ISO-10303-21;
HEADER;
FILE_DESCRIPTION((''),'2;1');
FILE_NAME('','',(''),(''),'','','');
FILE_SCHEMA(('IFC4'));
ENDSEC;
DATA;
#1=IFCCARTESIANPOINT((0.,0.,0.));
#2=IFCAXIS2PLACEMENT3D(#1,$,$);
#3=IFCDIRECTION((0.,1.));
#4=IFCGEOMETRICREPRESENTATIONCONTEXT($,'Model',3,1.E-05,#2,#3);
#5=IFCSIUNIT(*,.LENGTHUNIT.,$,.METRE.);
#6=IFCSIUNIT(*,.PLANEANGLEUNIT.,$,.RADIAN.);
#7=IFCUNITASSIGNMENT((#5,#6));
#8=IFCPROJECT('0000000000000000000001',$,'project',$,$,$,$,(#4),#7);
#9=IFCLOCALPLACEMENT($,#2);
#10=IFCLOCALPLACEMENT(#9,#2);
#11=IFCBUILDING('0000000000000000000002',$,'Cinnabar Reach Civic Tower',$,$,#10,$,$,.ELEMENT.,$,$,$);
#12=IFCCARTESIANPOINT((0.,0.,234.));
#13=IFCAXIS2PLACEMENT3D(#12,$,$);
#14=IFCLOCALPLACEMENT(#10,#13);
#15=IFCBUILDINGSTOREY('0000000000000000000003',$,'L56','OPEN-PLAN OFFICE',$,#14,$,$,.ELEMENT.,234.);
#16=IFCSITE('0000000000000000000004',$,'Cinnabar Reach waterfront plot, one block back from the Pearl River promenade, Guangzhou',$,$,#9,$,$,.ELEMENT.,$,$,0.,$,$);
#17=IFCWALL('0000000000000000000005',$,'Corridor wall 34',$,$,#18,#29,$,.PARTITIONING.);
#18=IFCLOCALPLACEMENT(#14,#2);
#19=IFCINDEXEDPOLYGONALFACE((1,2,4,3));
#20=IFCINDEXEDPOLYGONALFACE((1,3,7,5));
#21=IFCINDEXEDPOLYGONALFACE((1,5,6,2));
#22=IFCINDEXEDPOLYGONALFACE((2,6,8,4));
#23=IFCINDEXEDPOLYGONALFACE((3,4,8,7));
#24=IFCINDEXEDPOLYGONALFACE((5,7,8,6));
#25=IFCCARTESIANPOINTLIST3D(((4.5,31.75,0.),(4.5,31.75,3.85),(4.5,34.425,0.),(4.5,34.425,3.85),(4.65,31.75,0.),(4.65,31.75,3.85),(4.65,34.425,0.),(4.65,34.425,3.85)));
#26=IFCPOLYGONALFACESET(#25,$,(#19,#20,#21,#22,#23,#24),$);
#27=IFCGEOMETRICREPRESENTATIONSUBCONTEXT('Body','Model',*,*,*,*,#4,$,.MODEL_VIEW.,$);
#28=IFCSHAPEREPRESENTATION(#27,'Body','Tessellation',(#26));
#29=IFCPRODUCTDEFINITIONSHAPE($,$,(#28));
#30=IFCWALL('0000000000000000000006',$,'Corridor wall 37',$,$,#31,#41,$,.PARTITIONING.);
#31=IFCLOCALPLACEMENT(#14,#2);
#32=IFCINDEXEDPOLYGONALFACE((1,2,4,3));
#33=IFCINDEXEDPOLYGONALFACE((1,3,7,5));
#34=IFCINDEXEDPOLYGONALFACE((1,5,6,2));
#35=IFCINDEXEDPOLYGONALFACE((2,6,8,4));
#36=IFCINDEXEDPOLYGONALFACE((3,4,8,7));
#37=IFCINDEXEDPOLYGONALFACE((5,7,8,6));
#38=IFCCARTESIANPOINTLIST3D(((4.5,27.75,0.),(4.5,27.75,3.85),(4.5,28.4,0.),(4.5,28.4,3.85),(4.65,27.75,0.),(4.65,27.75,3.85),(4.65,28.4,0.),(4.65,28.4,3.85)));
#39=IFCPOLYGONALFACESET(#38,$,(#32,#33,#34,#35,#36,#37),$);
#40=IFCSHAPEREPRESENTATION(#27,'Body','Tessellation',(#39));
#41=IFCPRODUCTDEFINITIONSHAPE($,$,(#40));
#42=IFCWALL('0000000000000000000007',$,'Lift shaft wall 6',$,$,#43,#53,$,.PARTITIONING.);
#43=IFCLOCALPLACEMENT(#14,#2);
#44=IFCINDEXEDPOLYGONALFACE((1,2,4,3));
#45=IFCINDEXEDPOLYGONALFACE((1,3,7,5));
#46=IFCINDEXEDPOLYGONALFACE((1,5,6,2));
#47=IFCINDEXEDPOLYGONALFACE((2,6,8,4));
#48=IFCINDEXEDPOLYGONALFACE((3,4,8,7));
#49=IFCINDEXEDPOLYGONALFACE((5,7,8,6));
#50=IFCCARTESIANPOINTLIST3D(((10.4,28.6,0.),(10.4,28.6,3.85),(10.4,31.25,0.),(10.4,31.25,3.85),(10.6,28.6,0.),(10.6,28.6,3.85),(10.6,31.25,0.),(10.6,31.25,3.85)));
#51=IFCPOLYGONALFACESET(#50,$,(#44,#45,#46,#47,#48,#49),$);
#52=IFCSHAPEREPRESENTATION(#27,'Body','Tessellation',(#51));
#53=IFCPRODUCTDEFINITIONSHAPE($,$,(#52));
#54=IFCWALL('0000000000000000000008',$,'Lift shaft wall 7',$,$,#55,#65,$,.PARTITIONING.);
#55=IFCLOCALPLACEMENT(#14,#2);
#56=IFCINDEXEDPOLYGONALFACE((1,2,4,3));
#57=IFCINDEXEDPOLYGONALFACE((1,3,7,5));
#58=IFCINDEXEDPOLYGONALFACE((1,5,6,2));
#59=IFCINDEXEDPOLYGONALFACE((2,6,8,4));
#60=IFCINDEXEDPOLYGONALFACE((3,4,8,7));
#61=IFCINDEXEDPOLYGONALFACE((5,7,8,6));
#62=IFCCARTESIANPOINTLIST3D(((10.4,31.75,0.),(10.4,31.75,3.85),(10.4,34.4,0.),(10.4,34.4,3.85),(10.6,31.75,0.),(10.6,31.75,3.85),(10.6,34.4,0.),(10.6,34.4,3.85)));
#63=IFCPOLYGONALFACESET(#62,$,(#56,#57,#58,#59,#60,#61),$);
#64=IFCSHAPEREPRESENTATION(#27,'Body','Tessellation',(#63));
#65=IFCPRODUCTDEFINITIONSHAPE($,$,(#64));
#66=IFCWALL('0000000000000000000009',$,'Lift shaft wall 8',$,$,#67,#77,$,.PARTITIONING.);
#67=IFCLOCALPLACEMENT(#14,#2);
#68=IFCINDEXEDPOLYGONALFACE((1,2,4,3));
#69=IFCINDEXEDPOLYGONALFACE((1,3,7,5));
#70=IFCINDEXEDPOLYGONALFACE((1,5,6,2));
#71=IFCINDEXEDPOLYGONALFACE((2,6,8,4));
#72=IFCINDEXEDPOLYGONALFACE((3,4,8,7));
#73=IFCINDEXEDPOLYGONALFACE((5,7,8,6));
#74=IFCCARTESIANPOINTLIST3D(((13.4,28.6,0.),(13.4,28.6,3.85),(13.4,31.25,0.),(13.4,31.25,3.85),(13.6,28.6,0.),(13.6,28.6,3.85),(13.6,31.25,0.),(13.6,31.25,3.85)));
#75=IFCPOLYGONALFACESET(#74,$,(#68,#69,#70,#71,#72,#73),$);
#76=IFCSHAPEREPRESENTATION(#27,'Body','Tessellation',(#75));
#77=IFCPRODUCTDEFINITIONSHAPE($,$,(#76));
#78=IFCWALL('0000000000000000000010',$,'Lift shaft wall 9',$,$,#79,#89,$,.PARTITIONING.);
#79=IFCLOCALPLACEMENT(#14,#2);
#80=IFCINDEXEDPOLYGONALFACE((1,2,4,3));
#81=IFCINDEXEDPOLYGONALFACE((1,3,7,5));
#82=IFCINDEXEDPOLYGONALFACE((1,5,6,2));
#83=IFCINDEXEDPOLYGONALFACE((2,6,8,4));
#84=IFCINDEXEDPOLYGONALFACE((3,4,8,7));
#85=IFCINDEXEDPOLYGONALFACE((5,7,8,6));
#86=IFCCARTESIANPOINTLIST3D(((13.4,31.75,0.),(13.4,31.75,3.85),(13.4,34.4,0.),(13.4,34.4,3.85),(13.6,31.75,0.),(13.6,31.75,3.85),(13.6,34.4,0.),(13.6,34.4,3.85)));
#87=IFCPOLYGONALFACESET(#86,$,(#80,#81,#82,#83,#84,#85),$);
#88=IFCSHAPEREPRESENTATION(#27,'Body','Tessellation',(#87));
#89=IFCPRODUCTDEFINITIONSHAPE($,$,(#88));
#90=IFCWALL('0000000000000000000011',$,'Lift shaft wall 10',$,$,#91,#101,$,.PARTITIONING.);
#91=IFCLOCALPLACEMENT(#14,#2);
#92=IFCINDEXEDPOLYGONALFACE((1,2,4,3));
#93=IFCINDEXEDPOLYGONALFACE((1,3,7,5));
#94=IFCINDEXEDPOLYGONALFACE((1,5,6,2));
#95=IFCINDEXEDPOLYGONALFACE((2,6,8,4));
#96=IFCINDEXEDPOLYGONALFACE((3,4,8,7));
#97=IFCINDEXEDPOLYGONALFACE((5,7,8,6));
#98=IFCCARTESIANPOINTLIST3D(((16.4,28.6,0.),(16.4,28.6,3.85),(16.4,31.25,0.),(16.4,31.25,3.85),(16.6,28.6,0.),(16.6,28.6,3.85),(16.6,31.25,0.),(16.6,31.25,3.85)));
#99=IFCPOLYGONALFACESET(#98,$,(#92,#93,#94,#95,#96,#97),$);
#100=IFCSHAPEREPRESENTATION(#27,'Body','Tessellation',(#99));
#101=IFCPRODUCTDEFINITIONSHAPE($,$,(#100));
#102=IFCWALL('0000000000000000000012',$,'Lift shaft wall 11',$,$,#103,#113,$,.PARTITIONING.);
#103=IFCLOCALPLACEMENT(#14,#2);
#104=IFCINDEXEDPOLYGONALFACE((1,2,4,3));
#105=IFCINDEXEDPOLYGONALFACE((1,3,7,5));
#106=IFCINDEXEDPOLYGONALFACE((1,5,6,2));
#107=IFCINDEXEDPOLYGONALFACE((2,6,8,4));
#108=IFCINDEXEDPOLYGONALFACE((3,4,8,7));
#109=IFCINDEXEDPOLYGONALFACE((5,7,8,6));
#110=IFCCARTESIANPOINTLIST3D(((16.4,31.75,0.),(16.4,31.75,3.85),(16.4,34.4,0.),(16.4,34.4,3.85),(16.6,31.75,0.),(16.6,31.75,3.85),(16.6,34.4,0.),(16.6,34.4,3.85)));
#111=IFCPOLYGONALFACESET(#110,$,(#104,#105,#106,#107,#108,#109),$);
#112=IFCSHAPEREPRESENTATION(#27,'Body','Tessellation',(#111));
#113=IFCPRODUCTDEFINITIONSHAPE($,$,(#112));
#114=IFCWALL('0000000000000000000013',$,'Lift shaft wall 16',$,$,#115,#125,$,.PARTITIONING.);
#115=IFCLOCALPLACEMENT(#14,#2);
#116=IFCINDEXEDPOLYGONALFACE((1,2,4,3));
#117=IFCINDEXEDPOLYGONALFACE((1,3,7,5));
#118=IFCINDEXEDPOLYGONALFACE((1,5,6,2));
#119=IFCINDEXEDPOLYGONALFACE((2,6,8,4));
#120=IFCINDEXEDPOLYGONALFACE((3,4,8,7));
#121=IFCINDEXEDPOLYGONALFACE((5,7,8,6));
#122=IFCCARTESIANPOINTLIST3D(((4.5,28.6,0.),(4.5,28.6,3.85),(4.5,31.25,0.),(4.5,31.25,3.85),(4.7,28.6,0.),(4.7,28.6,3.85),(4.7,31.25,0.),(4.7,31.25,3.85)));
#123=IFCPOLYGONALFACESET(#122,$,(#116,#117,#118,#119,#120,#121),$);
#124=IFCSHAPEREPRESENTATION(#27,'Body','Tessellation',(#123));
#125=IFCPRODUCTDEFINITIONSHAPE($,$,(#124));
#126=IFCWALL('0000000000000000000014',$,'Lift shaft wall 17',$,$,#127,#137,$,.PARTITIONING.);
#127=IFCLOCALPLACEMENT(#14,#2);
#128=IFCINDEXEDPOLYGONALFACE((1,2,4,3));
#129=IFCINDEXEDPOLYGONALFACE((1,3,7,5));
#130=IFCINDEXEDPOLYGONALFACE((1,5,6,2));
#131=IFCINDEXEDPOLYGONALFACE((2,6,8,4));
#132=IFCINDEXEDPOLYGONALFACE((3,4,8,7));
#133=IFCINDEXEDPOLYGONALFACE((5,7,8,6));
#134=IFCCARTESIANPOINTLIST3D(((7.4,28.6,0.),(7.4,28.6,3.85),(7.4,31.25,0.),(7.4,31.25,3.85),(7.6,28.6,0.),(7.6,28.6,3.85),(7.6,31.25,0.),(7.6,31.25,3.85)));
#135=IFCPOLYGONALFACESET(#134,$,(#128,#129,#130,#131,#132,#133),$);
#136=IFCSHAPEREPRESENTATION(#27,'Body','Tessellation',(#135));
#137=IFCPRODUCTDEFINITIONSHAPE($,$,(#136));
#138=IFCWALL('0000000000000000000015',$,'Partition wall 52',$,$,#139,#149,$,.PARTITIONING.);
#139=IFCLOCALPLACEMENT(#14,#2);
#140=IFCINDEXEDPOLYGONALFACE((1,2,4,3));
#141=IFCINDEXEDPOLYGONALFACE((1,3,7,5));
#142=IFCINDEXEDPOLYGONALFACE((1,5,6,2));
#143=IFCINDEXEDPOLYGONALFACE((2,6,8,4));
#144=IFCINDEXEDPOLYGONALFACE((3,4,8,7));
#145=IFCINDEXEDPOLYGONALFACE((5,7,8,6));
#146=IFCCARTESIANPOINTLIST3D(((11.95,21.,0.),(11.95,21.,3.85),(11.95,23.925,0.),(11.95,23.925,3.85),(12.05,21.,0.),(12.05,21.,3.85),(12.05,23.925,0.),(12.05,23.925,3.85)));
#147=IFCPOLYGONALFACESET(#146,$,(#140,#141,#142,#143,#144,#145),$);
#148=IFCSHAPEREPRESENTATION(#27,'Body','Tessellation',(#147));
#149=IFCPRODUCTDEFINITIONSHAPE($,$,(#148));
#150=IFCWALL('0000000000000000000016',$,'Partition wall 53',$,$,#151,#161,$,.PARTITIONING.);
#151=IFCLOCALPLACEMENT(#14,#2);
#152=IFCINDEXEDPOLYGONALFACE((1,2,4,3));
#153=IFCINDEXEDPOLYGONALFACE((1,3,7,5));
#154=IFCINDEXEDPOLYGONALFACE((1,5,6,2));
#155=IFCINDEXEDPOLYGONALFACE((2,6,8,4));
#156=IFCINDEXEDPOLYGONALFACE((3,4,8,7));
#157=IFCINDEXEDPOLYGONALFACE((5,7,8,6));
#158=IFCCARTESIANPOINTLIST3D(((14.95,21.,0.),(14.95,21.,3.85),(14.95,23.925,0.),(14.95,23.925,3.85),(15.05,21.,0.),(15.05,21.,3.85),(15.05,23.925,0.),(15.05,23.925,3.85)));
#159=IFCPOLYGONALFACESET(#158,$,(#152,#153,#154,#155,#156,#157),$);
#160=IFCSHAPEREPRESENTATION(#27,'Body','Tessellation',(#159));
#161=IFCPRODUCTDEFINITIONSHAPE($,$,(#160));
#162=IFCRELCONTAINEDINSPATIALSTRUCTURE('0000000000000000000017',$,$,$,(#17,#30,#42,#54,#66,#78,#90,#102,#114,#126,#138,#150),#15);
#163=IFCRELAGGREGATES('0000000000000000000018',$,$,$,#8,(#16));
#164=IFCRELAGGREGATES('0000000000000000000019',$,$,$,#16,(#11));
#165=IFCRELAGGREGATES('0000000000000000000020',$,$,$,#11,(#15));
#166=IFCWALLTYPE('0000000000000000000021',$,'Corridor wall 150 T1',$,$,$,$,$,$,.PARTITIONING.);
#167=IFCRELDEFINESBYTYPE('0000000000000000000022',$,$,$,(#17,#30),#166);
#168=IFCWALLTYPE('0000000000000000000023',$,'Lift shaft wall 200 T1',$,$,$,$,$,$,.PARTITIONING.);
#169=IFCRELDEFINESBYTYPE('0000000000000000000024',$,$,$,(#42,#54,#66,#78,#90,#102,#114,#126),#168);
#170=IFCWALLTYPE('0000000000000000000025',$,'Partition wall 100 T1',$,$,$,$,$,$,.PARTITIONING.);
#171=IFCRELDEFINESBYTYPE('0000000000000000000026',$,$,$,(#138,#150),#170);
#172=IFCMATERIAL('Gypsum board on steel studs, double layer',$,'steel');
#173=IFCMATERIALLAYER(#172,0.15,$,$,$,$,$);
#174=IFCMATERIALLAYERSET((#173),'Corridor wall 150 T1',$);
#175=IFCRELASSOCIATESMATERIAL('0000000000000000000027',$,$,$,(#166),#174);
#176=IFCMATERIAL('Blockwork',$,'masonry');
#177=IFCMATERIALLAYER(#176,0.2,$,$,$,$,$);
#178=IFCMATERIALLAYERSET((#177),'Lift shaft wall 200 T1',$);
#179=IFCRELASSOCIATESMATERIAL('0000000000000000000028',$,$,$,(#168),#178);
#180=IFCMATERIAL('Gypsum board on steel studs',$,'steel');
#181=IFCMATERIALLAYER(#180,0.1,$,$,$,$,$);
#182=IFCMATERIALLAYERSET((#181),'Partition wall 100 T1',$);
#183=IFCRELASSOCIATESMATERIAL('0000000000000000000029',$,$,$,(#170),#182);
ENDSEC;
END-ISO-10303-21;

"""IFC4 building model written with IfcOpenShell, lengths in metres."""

from ifc_helpers import new_model, si_unit, direction, frame, frame_2d, origin, place, context, subcontext, project, spatial, rectangle, extrude, material, layer, layer_set, type_object, element, save


model = new_model("IFC4")

# Units and contexts
model_context = context("Model", 3, precision=1e-05, world=origin(), true_north=direction((0.0, 1.0)))
body_context = subcontext(model_context, "Body", "Model", "MODEL_VIEW")
ifc_project = project(units=[si_unit("LENGTHUNIT", "METRE"), si_unit("PLANEANGLEUNIT", "RADIAN")], contexts=[model_context])

# Site, building, storey
site_placement = place(None, origin())
site = spatial("IfcSite", under=ifc_project, at=site_placement, Name="Cinnabar Reach waterfront plot, one block back from the Pearl River promenade, Guangzhou", CompositionType="ELEMENT", RefElevation=0.0)
building_placement = place(site_placement, origin())
building = spatial("IfcBuilding", under=site, at=building_placement, Name="Cinnabar Reach Civic Tower", CompositionType="ELEMENT")
storey_placement = place(building_placement, frame((0.0, 0.0, 234.0)))
storey = spatial("IfcBuildingStorey", under=building, at=storey_placement, Name="L56", Description="OPEN-PLAN OFFICE", CompositionType="ELEMENT", Elevation=234.0)

# Shared definitions
ifc_material_1 = material(Name="Gypsum board on steel studs, double layer", Category="steel")
ifc_layer_1 = layer(ifc_material_1, 0.15)
ifc_layer_set_1 = layer_set([ifc_layer_1], Name="Corridor wall 150 T1")
wall_type_1 = type_object("IfcWallType", Name="Corridor wall 150 T1", PredefinedType="PARTITIONING", material=ifc_layer_set_1)

# Walls
wall_1_placement = place(storey_placement, frame((4.575, 31.75, 0.0), z_axis=(0.0, 0.0, 1.0), x_axis=(0.0, 1.0, 0.0)))
element("IfcWall", 1, at=wall_1_placement, inside=storey, type_object=wall_type_1, Name="Corridor wall 34", PredefinedType="PARTITIONING", context=body_context, shape_type="SweptSolid", body=[
    extrude(rectangle(XDim=2.675, YDim=0.15, at=frame_2d((1.3375, 0.0))), origin(), (0.0, 0.0, 1.0), 3.85),
])
wall_2_placement = place(storey_placement, frame((4.575, 27.75, 0.0), z_axis=(0.0, 0.0, 1.0), x_axis=(0.0, 1.0, 0.0)))
element("IfcWall", 2, at=wall_2_placement, inside=storey, type_object=wall_type_1, Name="Corridor wall 37", PredefinedType="PARTITIONING", context=body_context, shape_type="SweptSolid", body=[
    extrude(rectangle(XDim=0.65, YDim=0.15, at=frame_2d((0.325, 0.0))), origin(), (0.0, 0.0, 1.0), 3.85),
])
ifc_material_2 = material(Name="Blockwork", Category="masonry")
ifc_layer_2 = layer(ifc_material_2, 0.2)
ifc_layer_set_2 = layer_set([ifc_layer_2], Name="Lift shaft wall 200 T1")
wall_type_2 = type_object("IfcWallType", Name="Lift shaft wall 200 T1", PredefinedType="PARTITIONING", material=ifc_layer_set_2)
for number, where, z_axis, x_axis, name in (
    (3, (10.5, 28.6, 0.0), (0.0, 0.0, 1.0), (0.0, 1.0, 0.0), "Lift shaft wall 6"),
    (4, (10.5, 31.75, 0.0), (0.0, 0.0, 1.0), (0.0, 1.0, 0.0), "Lift shaft wall 7"),
    (5, (13.5, 28.6, 0.0), (0.0, 0.0, 1.0), (0.0, 1.0, 0.0), "Lift shaft wall 8"),
    (6, (13.5, 31.75, 0.0), (0.0, 0.0, 1.0), (0.0, 1.0, 0.0), "Lift shaft wall 9"),
    (7, (16.5, 28.6, 0.0), (0.0, 0.0, 1.0), (0.0, 1.0, 0.0), "Lift shaft wall 10"),
    (8, (16.5, 31.75, 0.0), (0.0, 0.0, 1.0), (0.0, 1.0, 0.0), "Lift shaft wall 11"),
    (9, (4.6, 28.6, 0.0), (0.0, 0.0, 1.0), (0.0, 1.0, 0.0), "Lift shaft wall 16"),
    (10, (7.5, 28.6, 0.0), (0.0, 0.0, 1.0), (0.0, 1.0, 0.0), "Lift shaft wall 17"),
):
    element("IfcWall", number, at=place(storey_placement, frame(where, z_axis=z_axis, x_axis=x_axis)), inside=storey, type_object=wall_type_2, Name=name, PredefinedType="PARTITIONING", context=body_context, shape_type="SweptSolid", body=[
        extrude(rectangle(XDim=2.65, YDim=0.2, at=frame_2d((1.325, 0.0))), origin(), (0.0, 0.0, 1.0), 3.85),
    ])
ifc_material_3 = material(Name="Gypsum board on steel studs", Category="steel")
ifc_layer_3 = layer(ifc_material_3, 0.1)
ifc_layer_set_3 = layer_set([ifc_layer_3], Name="Partition wall 100 T1")
wall_type_3 = type_object("IfcWallType", Name="Partition wall 100 T1", PredefinedType="PARTITIONING", material=ifc_layer_set_3)
for number, where, z_axis, x_axis, name in (
    (11, (12.0, 21.0, 0.0), (0.0, 0.0, 1.0), (0.0, 1.0, 0.0), "Partition wall 52"),
    (12, (15.0, 21.0, 0.0), (0.0, 0.0, 1.0), (0.0, 1.0, 0.0), "Partition wall 53"),
):
    element("IfcWall", number, at=place(storey_placement, frame(where, z_axis=z_axis, x_axis=x_axis)), inside=storey, type_object=wall_type_3, Name=name, PredefinedType="PARTITIONING", context=body_context, shape_type="SweptSolid", body=[
        extrude(rectangle(XDim=2.925, YDim=0.1, at=frame_2d((1.4625, 0.0))), origin(), (0.0, 0.0, 1.0), 3.85),
    ])

save(model, "model.ifc")
